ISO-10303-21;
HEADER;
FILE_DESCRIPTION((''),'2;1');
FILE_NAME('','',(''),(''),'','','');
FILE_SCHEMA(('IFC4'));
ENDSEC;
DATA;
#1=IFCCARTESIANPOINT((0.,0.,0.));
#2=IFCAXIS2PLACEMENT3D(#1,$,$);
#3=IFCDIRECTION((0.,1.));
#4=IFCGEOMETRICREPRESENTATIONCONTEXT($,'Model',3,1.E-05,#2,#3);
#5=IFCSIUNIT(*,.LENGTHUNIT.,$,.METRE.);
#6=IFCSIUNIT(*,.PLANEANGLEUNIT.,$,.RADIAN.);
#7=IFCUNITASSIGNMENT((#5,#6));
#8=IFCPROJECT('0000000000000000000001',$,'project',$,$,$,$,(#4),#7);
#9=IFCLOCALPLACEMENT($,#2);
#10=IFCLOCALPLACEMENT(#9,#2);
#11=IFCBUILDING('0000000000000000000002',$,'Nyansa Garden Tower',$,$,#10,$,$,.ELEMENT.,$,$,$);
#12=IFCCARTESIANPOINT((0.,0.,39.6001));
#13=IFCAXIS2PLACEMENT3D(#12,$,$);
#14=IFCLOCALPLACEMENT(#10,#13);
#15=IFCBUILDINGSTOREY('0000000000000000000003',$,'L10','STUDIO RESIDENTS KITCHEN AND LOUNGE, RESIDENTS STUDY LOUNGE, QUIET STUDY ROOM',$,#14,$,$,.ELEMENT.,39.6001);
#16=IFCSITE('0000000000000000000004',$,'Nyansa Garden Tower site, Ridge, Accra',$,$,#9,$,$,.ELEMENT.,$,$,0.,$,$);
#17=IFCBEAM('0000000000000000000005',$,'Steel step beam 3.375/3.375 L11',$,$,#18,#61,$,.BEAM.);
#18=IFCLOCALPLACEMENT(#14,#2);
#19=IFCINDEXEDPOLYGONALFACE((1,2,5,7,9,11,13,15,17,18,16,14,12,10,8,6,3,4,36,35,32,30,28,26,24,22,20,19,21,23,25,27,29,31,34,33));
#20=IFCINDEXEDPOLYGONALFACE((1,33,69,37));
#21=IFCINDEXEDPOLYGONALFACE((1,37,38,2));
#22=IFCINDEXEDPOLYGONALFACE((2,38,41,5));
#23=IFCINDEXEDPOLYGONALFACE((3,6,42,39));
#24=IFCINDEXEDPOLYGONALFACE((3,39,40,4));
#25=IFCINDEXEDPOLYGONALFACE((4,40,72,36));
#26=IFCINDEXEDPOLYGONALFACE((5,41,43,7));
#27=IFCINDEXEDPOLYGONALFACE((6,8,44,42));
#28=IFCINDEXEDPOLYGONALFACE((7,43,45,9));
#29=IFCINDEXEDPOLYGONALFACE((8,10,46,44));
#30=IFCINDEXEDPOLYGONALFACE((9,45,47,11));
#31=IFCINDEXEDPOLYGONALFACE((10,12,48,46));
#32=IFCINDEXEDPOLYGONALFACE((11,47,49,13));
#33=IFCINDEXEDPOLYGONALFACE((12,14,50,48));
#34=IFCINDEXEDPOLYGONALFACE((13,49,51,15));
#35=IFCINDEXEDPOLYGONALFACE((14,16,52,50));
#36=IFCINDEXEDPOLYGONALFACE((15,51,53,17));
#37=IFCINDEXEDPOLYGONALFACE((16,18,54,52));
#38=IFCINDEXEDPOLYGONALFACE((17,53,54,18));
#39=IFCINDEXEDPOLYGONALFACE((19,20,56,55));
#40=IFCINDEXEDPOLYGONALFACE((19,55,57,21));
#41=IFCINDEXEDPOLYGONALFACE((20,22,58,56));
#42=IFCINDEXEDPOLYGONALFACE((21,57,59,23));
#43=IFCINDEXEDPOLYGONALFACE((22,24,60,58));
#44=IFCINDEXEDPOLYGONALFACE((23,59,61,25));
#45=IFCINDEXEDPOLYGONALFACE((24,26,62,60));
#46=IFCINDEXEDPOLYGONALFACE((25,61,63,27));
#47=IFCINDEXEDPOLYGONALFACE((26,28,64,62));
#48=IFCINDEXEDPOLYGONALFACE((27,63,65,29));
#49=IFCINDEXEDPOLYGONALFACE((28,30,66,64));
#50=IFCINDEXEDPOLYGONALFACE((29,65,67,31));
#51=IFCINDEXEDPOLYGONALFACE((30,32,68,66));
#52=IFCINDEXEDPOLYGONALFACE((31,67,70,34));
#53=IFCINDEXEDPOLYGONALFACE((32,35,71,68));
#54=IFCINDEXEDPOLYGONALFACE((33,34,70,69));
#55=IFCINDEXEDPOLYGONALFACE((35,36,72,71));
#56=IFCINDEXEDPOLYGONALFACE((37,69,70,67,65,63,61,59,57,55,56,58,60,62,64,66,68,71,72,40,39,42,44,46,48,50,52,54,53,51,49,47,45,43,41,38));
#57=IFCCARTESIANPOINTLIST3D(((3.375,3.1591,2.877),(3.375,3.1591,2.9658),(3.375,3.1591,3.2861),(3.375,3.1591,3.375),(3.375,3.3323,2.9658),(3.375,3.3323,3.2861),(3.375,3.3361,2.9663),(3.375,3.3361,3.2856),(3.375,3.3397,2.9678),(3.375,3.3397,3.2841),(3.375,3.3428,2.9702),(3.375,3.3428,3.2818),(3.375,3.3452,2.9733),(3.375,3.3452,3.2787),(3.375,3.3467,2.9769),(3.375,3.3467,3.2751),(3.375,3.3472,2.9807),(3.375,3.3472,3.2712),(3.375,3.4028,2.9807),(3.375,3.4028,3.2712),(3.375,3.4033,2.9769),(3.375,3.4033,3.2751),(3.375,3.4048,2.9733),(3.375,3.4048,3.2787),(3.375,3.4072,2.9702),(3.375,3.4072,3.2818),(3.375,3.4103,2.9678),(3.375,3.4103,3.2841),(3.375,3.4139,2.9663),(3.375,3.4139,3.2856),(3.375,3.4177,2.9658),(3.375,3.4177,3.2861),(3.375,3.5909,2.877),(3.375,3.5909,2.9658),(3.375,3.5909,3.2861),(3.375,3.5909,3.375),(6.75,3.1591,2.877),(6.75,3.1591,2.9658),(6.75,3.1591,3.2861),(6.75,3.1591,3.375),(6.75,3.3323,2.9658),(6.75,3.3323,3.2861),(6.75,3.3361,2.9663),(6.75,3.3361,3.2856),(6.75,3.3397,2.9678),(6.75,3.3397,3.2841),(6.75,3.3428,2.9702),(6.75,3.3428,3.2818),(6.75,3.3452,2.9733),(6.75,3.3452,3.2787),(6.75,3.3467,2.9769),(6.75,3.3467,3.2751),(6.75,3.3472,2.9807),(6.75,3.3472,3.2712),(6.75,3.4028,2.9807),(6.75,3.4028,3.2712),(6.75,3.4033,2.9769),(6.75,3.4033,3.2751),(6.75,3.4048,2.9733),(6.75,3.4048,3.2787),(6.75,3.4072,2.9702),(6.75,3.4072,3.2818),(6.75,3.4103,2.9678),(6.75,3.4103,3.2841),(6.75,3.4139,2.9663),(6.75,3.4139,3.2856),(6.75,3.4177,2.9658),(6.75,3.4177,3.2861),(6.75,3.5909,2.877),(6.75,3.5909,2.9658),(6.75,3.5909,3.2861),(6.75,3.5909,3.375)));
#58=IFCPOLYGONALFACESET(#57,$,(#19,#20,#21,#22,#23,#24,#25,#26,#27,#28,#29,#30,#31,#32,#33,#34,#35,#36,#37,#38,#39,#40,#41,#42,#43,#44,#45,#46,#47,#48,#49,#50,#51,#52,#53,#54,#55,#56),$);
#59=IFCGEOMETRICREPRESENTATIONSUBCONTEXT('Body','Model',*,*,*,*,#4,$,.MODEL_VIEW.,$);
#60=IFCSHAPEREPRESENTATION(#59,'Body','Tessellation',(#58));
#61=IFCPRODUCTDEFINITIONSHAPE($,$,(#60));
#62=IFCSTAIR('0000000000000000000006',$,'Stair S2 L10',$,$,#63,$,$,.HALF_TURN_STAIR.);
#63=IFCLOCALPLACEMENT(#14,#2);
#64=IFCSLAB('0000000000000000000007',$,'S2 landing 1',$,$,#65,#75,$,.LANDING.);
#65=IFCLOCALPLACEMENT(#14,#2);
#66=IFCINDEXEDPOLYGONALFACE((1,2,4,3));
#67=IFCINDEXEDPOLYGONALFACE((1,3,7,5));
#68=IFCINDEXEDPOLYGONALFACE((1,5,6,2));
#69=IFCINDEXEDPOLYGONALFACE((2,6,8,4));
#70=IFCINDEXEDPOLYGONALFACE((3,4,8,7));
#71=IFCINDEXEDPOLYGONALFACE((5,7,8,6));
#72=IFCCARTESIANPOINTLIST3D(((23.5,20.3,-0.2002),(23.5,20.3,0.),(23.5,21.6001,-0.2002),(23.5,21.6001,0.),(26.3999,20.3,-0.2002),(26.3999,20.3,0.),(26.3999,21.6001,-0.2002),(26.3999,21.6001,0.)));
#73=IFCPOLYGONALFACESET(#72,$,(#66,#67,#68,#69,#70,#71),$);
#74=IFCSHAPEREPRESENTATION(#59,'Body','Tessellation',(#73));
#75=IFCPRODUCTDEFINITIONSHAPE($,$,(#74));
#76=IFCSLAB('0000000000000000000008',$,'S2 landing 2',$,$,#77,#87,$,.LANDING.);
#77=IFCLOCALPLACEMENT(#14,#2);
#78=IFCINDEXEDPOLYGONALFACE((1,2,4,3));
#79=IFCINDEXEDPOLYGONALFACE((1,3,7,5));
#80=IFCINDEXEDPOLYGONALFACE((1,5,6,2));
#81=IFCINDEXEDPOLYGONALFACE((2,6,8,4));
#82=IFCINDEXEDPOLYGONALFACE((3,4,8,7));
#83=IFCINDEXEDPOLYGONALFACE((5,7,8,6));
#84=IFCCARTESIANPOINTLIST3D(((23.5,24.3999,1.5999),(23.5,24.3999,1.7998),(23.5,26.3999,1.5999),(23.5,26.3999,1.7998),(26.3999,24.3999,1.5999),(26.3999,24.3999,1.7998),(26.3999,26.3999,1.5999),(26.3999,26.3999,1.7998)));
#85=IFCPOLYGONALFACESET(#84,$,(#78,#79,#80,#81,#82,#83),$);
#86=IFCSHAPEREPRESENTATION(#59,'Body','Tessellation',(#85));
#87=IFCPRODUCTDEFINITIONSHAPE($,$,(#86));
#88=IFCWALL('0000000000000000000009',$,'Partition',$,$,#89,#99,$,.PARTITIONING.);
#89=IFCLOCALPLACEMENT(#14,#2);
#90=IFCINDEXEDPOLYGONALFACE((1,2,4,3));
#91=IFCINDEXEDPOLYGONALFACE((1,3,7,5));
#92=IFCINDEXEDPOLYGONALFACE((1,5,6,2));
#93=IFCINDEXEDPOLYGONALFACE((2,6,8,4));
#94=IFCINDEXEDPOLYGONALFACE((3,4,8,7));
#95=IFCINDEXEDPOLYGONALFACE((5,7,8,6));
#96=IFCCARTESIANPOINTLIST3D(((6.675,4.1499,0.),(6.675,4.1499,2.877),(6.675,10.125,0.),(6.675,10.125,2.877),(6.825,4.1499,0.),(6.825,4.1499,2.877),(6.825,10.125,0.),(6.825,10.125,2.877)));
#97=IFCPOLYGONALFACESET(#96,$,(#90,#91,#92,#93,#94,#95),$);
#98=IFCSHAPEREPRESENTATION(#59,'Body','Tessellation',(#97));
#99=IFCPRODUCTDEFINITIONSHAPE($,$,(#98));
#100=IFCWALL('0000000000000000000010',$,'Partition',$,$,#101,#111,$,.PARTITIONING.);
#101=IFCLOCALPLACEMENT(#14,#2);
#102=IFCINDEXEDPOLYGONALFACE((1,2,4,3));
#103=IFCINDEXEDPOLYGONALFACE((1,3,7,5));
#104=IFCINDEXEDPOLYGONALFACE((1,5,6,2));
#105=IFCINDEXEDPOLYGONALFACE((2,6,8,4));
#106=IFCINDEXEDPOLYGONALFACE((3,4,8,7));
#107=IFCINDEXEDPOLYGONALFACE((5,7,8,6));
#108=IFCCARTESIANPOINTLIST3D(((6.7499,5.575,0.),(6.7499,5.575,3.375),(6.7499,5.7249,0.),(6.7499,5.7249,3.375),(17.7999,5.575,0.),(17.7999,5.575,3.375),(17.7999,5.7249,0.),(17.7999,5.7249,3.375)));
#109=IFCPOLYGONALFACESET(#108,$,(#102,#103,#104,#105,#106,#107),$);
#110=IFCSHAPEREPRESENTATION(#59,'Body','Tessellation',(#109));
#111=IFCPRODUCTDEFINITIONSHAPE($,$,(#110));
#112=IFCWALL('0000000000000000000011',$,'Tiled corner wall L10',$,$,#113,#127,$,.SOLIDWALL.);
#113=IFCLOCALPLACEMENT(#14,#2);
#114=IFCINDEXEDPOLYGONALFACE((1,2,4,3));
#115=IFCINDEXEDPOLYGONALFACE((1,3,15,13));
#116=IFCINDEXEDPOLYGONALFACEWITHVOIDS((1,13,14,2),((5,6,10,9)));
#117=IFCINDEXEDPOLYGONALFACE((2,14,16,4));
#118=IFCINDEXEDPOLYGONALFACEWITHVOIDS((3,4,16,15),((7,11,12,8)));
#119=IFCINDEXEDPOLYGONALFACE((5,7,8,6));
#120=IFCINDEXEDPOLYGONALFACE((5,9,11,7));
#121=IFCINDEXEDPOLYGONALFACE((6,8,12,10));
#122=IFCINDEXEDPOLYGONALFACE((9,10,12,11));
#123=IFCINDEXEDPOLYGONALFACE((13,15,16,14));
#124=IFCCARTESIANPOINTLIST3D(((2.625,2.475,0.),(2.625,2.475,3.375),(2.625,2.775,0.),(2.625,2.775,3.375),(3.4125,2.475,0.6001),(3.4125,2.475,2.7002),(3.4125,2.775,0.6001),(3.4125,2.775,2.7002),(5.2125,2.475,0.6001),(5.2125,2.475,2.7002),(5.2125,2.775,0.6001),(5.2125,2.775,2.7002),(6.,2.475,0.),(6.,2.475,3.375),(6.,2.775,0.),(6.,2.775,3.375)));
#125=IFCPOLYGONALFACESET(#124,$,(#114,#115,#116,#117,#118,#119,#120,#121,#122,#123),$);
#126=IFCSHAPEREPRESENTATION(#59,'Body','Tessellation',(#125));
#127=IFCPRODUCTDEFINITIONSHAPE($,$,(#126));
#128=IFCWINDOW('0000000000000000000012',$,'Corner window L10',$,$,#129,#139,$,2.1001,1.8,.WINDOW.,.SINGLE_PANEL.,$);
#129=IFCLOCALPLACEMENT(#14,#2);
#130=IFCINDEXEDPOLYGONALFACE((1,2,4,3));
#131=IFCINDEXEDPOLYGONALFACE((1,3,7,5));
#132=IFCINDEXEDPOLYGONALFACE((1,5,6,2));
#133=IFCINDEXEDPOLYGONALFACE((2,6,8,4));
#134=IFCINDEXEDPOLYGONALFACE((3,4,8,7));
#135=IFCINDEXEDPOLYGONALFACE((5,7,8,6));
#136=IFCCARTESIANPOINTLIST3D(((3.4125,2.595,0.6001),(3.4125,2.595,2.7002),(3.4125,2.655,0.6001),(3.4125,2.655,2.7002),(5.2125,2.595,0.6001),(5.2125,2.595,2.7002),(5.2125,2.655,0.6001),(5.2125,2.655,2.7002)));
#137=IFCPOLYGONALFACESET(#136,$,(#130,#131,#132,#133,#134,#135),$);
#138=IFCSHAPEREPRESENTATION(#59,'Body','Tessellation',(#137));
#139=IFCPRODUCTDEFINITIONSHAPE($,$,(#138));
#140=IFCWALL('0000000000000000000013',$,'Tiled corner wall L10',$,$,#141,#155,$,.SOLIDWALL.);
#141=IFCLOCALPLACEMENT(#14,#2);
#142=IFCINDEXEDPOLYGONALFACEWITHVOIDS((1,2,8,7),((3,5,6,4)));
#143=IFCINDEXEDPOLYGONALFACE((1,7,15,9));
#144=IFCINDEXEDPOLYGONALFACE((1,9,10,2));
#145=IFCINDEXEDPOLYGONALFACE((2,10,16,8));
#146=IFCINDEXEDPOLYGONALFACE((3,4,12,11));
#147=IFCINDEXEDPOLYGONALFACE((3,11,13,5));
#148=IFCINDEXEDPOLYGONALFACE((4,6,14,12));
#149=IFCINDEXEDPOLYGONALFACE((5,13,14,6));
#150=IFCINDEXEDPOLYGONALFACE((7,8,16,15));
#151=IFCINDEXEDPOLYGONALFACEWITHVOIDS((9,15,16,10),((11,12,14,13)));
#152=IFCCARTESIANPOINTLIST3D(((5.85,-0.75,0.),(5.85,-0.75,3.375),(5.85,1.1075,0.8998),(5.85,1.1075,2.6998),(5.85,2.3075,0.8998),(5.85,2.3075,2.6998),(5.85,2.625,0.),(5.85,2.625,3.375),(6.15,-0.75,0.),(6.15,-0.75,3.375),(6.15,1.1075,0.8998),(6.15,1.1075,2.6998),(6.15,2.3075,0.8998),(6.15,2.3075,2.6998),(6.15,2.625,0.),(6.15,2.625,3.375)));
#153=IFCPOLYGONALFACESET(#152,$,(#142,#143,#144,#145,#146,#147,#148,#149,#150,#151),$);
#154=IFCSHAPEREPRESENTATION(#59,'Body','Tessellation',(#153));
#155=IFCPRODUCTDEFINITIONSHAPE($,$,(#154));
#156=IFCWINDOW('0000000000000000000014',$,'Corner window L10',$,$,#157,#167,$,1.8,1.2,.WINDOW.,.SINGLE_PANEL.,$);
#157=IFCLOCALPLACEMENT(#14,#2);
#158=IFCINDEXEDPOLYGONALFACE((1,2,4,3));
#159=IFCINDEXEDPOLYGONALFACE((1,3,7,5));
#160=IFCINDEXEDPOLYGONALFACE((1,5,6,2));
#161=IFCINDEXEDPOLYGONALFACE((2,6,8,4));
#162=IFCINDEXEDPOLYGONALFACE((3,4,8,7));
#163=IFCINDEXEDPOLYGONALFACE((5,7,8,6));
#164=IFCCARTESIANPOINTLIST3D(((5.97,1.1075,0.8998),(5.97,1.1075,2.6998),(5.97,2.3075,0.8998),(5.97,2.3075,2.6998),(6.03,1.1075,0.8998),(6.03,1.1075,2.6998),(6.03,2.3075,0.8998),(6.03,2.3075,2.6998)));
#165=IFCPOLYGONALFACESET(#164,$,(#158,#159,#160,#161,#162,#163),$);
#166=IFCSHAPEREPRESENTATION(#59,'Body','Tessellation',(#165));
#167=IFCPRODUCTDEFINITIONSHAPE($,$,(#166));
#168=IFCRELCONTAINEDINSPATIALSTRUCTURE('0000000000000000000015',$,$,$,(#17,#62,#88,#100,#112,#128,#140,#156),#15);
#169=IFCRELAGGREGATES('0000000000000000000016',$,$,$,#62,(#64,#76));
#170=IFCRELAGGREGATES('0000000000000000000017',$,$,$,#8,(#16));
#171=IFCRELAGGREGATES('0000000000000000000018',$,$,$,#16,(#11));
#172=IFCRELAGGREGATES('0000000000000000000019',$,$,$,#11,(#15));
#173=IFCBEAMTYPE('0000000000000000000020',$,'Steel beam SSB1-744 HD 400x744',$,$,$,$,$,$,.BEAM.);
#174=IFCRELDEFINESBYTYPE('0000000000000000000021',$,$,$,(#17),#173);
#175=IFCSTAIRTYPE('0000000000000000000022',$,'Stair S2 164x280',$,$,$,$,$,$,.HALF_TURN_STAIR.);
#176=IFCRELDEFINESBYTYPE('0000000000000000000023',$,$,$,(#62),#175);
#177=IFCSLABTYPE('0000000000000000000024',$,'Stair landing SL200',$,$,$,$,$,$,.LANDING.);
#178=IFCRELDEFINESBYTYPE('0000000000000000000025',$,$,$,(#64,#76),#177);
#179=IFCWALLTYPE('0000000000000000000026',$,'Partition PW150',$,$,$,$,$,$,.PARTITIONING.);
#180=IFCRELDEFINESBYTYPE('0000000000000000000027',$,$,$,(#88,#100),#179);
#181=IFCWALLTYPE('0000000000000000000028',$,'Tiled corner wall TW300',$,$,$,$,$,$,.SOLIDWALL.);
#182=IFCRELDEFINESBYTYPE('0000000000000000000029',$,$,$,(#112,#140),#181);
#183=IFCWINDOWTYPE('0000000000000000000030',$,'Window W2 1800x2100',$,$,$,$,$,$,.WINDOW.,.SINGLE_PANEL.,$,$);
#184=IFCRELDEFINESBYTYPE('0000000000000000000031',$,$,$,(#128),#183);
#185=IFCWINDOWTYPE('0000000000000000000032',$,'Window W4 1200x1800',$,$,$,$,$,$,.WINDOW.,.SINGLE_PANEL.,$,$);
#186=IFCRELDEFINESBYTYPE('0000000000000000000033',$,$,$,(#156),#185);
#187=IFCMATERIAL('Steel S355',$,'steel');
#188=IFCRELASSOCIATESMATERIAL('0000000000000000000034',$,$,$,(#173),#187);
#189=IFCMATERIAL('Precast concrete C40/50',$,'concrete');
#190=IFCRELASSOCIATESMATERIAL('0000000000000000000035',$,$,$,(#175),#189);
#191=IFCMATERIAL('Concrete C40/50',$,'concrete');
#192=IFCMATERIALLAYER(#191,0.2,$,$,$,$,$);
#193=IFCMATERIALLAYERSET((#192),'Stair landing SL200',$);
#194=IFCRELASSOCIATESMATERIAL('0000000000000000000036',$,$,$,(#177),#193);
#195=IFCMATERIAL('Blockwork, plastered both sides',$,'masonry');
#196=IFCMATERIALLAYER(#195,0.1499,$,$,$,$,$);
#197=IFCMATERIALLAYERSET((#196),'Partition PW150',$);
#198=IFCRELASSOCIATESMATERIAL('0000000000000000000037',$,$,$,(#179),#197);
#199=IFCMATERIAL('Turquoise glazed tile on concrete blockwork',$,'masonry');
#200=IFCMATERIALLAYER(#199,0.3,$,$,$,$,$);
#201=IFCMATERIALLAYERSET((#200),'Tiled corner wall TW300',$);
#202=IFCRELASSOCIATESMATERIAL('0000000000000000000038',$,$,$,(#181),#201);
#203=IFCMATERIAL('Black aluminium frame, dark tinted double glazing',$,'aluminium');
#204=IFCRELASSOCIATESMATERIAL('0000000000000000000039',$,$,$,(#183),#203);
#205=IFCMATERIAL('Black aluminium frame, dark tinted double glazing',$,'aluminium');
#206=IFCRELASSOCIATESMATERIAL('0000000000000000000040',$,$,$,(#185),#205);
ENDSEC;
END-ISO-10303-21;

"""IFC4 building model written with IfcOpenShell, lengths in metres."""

from ifc_helpers import new_model, si_unit, direction, frame, frame_2d, origin, origin_2d, place, context, subcontext, project, spatial, polyline, rectangle, i_section, outline, extrude, material, layer, layer_set, material_profile, profile_set, type_object, element, fill, aggregate, save


model = new_model("IFC4")

# Units and contexts
model_context = context("Model", 3, precision=1e-05, world=origin(), true_north=direction((0.0, 1.0)))
body_context = subcontext(model_context, "Body", "Model", "MODEL_VIEW")
ifc_project = project(units=[si_unit("LENGTHUNIT", "METRE"), si_unit("PLANEANGLEUNIT", "RADIAN")], contexts=[model_context])

# Site, building, storey
site_placement = place(None, origin())
site = spatial("IfcSite", under=ifc_project, at=site_placement, Name="Nyansa Garden Tower site, Ridge, Accra", CompositionType="ELEMENT", RefElevation=0.0)
building_placement = place(site_placement, origin())
building = spatial("IfcBuilding", under=site, at=building_placement, Name="Nyansa Garden Tower", CompositionType="ELEMENT")
storey_placement = place(building_placement, frame((0.0, 0.0, 39.6001)))
storey = spatial("IfcBuildingStorey", under=building, at=storey_placement, Name="L10", Description="STUDIO RESIDENTS KITCHEN AND LOUNGE, RESIDENTS STUDY LOUNGE, QUIET STUDY ROOM", CompositionType="ELEMENT", Elevation=39.6001)

# Beam
ifc_material_1 = material(Name="Steel S355", Category="steel")
ifc_material_profile_1 = material_profile(ifc_material_1, i_section(OverallWidth=0.4319, OverallDepth=0.498, WebThickness=0.0557, FlangeThickness=0.0889, FilletRadius=0.0149, at=origin_2d()), Name="HD 400x744")
ifc_profile_set_1 = profile_set([ifc_material_profile_1], Name="Steel S355")
beam_type_1 = type_object("IfcBeamType", Name="Steel beam SSB1-744 HD 400x744", PredefinedType="BEAM", material=ifc_profile_set_1)
for number, where, z_axis, x_axis, name in (
    (1, (3.375, 3.375, 3.126), (1.0, 0.0, 0.0), (0.0, 1.0, 0.0), "Steel step beam 3.375/3.375 L11"),
):
    element("IfcBeam", number, at=place(storey_placement, frame(where, z_axis=z_axis, x_axis=x_axis)), inside=storey, type_object=beam_type_1, Name=name, PredefinedType="BEAM", context=body_context, shape_type="SweptSolid", body=[
        extrude(i_section(OverallWidth=0.4319, OverallDepth=0.498, WebThickness=0.0557, FlangeThickness=0.0889, FilletRadius=0.0149, at=origin_2d()), origin(), (0.0, 0.0, 1.0), 3.375),
    ])

# Stair, slabs
ifc_material_2 = material(Name="Precast concrete C40/50", Category="concrete")
stair_type = type_object("IfcStairType", Name="Stair S2 164x280", PredefinedType="HALF_TURN_STAIR", material=ifc_material_2)
stair_placement = place(storey_placement, origin())
stair = element("IfcStair", 2, at=stair_placement, inside=storey, type_object=stair_type, Name="Stair S2 L10", PredefinedType="HALF_TURN_STAIR")
ifc_material_3 = material(Name="Concrete C40/50", Category="concrete")
ifc_layer_1 = layer(ifc_material_3, 0.2)
ifc_layer_set_1 = layer_set([ifc_layer_1], Name="Stair landing SL200")
slab_type = type_object("IfcSlabType", Name="Stair landing SL200", PredefinedType="LANDING", material=ifc_layer_set_1)
slab_1_placement = place(storey_placement, frame((0.0, 0.0, -0.2002)))
slab_1 = element("IfcSlab", 3, at=slab_1_placement, type_object=slab_type, Name="S2 landing 1", PredefinedType="LANDING", context=body_context, shape_type="SweptSolid", body=[
    extrude(outline(polyline([(23.5, 20.3), (26.3999, 20.3), (26.3999, 21.6001), (23.5, 21.6001), (23.5, 20.3)])), origin(), (0.0, 0.0, 1.0), 0.2002),
])
slab_2_placement = place(storey_placement, frame((0.0, 0.0, 1.5999)))
slab_2 = element("IfcSlab", 4, at=slab_2_placement, type_object=slab_type, Name="S2 landing 2", PredefinedType="LANDING", context=body_context, shape_type="SweptSolid", body=[
    extrude(outline(polyline([(23.5, 24.3999), (26.3999, 24.3999), (26.3999, 26.3999), (23.5, 26.3999), (23.5, 24.3999)])), origin(), (0.0, 0.0, 1.0), 0.2),
])
aggregate(stair, [slab_1, slab_2])

# Walls
ifc_material_4 = material(Name="Blockwork, plastered both sides", Category="masonry")
ifc_layer_2 = layer(ifc_material_4, 0.1499)
ifc_layer_set_2 = layer_set([ifc_layer_2], Name="Partition PW150")
wall_type_1 = type_object("IfcWallType", Name="Partition PW150", PredefinedType="PARTITIONING", material=ifc_layer_set_2)
wall_1_placement = place(storey_placement, frame((6.75, 4.1499, 0.0), z_axis=(0.0, 0.0, 1.0), x_axis=(0.0, 1.0, 0.0)))
element("IfcWall", 5, at=wall_1_placement, inside=storey, type_object=wall_type_1, Name="Partition", PredefinedType="PARTITIONING", context=body_context, shape_type="SweptSolid", body=[
    extrude(rectangle(XDim=5.9751, YDim=0.1499, at=frame_2d((2.9875, 0.0))), origin(), (0.0, 0.0, 1.0), 2.877),
])
wall_2_placement = place(storey_placement, frame((6.75, 5.6499, 0.0), z_axis=(0.0, 0.0, 1.0), x_axis=(1.0, 0.0, 0.0)))
element("IfcWall", 6, at=wall_2_placement, inside=storey, type_object=wall_type_1, Name="Partition", PredefinedType="PARTITIONING", context=body_context, shape_type="SweptSolid", body=[
    extrude(rectangle(XDim=11.05, YDim=0.1499, at=frame_2d((5.5249, 0.0))), origin(), (0.0, 0.0, 1.0), 3.375),
])

# Walls, openings, windows
ifc_material_5 = material(Name="Turquoise glazed tile on concrete blockwork", Category="masonry")
ifc_layer_3 = layer(ifc_material_5, 0.3)
ifc_layer_set_3 = layer_set([ifc_layer_3], Name="Tiled corner wall TW300")
wall_type_2 = type_object("IfcWallType", Name="Tiled corner wall TW300", PredefinedType="SOLIDWALL", material=ifc_layer_set_3)
wall_3_placement = place(storey_placement, frame((2.625, 2.625, 0.0), z_axis=(0.0, 0.0, 1.0), x_axis=(1.0, 0.0, 0.0)))
wall_3 = element("IfcWall", 7, at=wall_3_placement, inside=storey, type_object=wall_type_2, Name="Tiled corner wall L10", PredefinedType="SOLIDWALL", context=body_context, shape_type="SweptSolid", body=[
    extrude(rectangle(XDim=3.375, YDim=0.3, at=frame_2d((1.6875, 0.0))), origin(), (0.0, 0.0, 1.0), 3.375),
])
opening_1_placement = place(wall_3_placement, frame((0.7876, 0.0, 0.6001)))
opening_1 = element("IfcOpeningElement", 8, at=opening_1_placement, cuts=wall_3, PredefinedType="OPENING", context=body_context, shape_type="SweptSolid", body=[
    extrude(rectangle(XDim=1.8, YDim=2.1001, at=frame_2d((0.8999, 1.05))), frame((0.0, 0.1599, 0.0), z_axis=(0.0, -1.0, 0.0), x_axis=(1.0, 0.0, 0.0)), (0.0, 0.0, 1.0), 0.3201),
])
ifc_material_6 = material(Name="Black aluminium frame, dark tinted double glazing", Category="aluminium")
window_type_1 = type_object("IfcWindowType", Name="Window W2 1800x2100", PartitioningType="SINGLE_PANEL", PredefinedType="WINDOW", material=ifc_material_6)
window_1_placement = place(opening_1_placement, origin())
window_1 = element("IfcWindow", 9, at=window_1_placement, inside=storey, type_object=window_type_1, Name="Corner window L10", OverallHeight=2.1001, OverallWidth=1.8, PartitioningType="SINGLE_PANEL", PredefinedType="WINDOW", context=body_context, shape_type="SweptSolid", body=[
    extrude(rectangle(XDim=1.8, YDim=2.1001, at=frame_2d((0.8999, 1.05))), frame((0.0, 0.03, 0.0), z_axis=(0.0, -1.0, 0.0), x_axis=(1.0, 0.0, 0.0)), (0.0, 0.0, 1.0), 0.0601),
])
fill(opening_1, window_1)
wall_4_placement = place(storey_placement, frame((6.0, 2.625, 0.0), z_axis=(0.0, 0.0, 1.0), x_axis=(0.0, -1.0, 0.0)))
wall_4 = element("IfcWall", 10, at=wall_4_placement, inside=storey, type_object=wall_type_2, Name="Tiled corner wall L10", PredefinedType="SOLIDWALL", context=body_context, shape_type="SweptSolid", body=[
    extrude(rectangle(XDim=3.375, YDim=0.3, at=frame_2d((1.6875, 0.0))), origin(), (0.0, 0.0, 1.0), 3.375),
])
opening_2_placement = place(wall_4_placement, frame((0.3174, 0.0, 0.8999)))
opening_2 = element("IfcOpeningElement", 11, at=opening_2_placement, cuts=wall_4, PredefinedType="OPENING", context=body_context, shape_type="SweptSolid", body=[
    extrude(rectangle(XDim=1.2, YDim=1.8, at=frame_2d((0.6001, 0.8999))), frame((0.0, 0.1599, 0.0), z_axis=(0.0, -1.0, 0.0), x_axis=(1.0, 0.0, 0.0)), (0.0, 0.0, 1.0), 0.3201),
])
ifc_material_7 = material(Name="Black aluminium frame, dark tinted double glazing", Category="aluminium")
window_type_2 = type_object("IfcWindowType", Name="Window W4 1200x1800", PartitioningType="SINGLE_PANEL", PredefinedType="WINDOW", material=ifc_material_7)
window_2_placement = place(opening_2_placement, origin())
window_2 = element("IfcWindow", 12, at=window_2_placement, inside=storey, type_object=window_type_2, Name="Corner window L10", OverallHeight=1.8, OverallWidth=1.2, PartitioningType="SINGLE_PANEL", PredefinedType="WINDOW", context=body_context, shape_type="SweptSolid", body=[
    extrude(rectangle(XDim=1.2, YDim=1.8, at=frame_2d((0.6001, 0.8999))), frame((0.0, 0.03, 0.0), z_axis=(0.0, -1.0, 0.0), x_axis=(1.0, 0.0, 0.0)), (0.0, 0.0, 1.0), 0.0601),
])
fill(opening_2, window_2)

save(model, "model.ifc")
